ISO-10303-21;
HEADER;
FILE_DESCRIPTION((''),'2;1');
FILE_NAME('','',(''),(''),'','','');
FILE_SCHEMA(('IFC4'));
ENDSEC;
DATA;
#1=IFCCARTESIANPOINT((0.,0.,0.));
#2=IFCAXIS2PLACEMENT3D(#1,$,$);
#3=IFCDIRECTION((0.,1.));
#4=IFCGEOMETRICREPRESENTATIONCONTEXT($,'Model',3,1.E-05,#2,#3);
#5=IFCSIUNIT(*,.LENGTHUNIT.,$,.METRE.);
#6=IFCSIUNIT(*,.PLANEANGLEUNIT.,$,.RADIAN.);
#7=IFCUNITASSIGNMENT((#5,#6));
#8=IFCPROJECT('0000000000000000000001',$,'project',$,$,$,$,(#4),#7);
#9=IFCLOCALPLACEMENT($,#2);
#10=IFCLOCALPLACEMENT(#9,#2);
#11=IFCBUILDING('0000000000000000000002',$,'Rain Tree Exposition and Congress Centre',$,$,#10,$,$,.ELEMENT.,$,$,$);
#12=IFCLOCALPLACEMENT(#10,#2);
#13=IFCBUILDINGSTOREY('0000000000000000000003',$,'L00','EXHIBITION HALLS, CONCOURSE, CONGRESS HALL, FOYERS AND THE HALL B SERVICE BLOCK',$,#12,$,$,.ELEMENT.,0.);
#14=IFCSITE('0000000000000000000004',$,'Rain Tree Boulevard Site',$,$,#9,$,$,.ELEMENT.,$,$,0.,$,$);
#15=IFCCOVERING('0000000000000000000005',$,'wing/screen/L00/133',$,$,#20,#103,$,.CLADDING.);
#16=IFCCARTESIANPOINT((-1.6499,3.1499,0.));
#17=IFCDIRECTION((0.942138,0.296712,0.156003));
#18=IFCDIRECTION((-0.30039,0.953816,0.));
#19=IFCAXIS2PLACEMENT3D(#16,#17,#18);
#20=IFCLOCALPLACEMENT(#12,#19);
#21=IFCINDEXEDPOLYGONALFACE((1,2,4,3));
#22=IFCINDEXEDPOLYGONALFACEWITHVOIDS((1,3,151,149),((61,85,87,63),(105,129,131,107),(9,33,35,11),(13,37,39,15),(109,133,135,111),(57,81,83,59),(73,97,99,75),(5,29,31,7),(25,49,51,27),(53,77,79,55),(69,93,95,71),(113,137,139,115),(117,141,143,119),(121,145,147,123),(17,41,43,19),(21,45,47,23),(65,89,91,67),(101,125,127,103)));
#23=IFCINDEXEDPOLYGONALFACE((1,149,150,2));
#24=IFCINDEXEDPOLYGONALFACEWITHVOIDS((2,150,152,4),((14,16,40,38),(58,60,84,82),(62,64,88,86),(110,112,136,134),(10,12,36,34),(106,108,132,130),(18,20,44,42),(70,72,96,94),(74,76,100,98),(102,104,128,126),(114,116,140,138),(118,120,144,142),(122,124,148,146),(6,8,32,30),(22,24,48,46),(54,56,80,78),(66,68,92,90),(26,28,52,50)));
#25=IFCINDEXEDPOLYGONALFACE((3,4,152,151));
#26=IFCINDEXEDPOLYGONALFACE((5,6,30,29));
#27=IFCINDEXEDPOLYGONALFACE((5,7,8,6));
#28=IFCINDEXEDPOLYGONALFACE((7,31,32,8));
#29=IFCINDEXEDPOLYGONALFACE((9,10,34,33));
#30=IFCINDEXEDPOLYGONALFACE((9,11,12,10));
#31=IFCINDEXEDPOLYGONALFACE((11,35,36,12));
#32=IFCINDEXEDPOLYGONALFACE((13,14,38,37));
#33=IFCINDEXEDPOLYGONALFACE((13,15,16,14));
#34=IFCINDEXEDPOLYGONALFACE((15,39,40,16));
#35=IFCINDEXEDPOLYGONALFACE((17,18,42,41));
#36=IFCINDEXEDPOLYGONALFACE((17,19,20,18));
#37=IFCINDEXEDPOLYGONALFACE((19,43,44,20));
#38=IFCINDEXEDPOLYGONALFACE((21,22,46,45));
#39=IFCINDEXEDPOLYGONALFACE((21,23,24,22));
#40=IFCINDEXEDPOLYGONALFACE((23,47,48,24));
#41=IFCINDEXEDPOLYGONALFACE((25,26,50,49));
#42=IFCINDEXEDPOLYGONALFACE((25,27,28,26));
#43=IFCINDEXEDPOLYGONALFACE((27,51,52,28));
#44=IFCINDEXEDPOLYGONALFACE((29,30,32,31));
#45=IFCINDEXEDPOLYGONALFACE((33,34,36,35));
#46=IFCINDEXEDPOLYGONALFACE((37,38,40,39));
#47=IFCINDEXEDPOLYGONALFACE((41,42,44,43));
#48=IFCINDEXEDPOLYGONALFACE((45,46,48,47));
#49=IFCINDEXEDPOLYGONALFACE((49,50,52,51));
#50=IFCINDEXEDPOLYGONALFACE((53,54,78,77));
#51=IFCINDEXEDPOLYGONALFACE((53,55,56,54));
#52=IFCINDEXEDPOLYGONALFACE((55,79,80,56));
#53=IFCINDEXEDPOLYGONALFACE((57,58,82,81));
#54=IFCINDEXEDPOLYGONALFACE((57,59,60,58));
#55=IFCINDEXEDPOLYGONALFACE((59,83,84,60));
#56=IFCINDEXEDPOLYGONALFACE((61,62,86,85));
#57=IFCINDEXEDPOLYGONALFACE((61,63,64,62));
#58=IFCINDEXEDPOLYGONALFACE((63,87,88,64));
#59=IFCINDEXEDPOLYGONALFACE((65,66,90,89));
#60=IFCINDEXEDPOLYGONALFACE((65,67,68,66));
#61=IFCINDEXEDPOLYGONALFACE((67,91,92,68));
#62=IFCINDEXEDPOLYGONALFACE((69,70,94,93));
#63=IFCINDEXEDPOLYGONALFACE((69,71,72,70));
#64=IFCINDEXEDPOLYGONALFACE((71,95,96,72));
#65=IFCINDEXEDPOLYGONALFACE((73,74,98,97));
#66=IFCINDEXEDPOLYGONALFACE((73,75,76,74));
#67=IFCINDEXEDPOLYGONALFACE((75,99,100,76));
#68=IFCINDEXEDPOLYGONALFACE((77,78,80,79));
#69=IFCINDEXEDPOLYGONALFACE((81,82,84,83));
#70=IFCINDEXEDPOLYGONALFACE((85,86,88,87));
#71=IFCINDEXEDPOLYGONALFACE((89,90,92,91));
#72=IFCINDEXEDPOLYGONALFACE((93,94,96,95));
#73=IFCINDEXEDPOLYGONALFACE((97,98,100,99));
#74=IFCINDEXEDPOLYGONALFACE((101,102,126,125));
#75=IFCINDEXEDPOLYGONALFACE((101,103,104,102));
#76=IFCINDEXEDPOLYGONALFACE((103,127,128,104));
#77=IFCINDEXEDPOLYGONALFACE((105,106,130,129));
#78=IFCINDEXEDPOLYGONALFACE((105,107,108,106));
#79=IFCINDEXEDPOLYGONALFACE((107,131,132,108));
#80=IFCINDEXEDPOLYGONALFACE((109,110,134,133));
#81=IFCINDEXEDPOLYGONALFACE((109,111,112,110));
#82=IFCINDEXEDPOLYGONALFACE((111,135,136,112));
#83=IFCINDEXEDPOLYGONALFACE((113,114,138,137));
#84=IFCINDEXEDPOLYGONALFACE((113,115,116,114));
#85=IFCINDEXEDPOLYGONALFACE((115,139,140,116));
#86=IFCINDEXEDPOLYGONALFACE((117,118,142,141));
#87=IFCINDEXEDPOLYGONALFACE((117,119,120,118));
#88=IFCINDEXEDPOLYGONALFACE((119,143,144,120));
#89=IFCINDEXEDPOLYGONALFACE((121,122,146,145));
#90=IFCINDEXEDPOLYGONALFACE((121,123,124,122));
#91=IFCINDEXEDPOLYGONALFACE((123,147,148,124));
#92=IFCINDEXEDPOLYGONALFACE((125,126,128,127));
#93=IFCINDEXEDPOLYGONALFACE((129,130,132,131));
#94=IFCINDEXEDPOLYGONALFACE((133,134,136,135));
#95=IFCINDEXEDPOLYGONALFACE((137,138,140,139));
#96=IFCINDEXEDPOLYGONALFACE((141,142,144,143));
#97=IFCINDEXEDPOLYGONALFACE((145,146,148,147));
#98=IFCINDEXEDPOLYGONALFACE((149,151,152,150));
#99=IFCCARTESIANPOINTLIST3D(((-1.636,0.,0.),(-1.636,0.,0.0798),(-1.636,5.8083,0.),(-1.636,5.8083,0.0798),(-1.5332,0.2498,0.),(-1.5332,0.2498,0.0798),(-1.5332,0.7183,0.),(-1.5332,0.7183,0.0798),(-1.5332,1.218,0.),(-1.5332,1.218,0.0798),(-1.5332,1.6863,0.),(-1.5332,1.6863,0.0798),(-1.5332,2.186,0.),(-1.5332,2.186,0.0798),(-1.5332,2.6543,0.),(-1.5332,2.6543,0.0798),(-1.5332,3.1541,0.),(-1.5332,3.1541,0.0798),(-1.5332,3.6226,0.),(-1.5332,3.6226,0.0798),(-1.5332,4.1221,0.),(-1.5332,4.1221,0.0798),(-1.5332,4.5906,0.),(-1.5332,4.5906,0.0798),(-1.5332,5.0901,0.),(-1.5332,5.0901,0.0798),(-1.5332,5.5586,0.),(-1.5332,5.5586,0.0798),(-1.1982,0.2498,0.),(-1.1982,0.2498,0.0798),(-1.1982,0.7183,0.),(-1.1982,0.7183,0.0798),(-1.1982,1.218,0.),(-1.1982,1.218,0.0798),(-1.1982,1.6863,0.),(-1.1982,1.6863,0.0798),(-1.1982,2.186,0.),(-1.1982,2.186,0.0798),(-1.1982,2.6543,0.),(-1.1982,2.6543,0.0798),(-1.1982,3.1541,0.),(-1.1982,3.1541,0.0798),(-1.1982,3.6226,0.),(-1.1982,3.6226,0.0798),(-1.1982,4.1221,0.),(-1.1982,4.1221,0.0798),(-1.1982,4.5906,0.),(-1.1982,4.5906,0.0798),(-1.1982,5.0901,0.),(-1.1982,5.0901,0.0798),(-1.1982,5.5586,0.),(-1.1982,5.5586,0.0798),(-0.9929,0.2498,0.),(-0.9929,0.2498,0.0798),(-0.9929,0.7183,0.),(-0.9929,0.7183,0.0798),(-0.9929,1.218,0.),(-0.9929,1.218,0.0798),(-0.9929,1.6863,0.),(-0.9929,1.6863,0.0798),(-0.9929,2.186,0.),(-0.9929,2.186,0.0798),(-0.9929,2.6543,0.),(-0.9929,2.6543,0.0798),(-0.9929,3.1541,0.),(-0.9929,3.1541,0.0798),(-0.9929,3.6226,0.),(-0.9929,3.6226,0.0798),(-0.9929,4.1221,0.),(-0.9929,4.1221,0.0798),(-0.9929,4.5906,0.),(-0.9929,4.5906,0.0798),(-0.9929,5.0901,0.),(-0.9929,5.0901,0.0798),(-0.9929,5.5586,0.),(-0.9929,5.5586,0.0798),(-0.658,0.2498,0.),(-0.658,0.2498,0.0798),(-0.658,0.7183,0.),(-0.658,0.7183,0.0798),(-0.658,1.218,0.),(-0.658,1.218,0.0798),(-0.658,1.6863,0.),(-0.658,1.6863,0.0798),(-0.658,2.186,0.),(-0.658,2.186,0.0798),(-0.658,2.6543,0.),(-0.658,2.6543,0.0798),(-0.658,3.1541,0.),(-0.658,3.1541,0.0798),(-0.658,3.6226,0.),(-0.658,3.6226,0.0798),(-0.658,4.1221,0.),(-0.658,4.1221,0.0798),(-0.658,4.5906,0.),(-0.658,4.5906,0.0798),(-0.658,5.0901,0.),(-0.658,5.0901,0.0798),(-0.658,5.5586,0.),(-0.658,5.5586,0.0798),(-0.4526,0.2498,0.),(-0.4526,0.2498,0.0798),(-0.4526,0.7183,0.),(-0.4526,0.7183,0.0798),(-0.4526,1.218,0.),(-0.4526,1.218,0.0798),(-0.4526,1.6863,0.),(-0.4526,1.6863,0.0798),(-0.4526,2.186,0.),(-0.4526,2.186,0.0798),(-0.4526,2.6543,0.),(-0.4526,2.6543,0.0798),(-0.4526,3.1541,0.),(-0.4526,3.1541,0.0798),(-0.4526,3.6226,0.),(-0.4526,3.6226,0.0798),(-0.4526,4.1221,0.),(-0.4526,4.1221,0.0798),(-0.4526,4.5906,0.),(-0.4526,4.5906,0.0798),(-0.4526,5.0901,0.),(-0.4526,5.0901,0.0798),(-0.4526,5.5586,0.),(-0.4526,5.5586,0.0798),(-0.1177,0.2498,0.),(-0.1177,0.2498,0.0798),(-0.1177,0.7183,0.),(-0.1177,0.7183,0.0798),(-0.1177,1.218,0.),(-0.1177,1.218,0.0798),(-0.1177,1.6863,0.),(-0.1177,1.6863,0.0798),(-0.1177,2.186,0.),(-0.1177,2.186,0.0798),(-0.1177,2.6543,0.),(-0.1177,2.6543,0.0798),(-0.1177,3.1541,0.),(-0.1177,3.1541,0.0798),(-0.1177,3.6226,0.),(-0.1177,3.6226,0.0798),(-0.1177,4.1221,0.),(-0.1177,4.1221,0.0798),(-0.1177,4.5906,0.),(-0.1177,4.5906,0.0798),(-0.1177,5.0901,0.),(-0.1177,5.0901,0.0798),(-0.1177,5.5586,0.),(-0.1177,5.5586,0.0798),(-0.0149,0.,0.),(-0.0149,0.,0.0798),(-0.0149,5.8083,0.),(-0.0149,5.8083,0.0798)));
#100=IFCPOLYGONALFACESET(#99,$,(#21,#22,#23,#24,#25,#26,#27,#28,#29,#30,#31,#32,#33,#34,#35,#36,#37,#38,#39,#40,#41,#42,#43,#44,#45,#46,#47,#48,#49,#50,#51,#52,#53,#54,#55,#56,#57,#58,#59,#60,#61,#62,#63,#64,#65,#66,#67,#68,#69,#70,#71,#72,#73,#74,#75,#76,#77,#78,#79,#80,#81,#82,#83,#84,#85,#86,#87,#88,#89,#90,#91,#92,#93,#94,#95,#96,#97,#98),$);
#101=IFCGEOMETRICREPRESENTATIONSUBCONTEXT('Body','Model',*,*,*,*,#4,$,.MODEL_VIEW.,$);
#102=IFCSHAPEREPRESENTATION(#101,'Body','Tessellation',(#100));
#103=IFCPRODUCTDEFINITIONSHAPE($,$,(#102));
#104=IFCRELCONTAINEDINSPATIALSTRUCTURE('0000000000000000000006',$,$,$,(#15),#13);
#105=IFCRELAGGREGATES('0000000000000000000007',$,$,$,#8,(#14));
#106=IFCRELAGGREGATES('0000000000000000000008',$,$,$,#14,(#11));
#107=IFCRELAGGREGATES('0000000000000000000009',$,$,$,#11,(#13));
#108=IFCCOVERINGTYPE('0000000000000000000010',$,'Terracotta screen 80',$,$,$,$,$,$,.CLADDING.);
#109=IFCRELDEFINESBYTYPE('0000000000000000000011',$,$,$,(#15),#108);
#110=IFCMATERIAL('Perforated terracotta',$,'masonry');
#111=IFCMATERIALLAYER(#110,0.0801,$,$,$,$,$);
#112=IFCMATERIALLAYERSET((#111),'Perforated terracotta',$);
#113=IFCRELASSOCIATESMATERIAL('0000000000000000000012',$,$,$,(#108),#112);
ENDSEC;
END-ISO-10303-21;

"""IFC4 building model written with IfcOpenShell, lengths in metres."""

from ifc_helpers import new_model, si_unit, direction, frame, origin, place, context, subcontext, project, spatial, polyline, outline, extrude, material, layer, layer_set, type_object, element, save


model = new_model("IFC4")

# Units and contexts
model_context = context("Model", 3, precision=1e-05, world=origin(), true_north=direction((0.0, 1.0)))
body_context = subcontext(model_context, "Body", "Model", "MODEL_VIEW")
ifc_project = project(units=[si_unit("LENGTHUNIT", "METRE"), si_unit("PLANEANGLEUNIT", "RADIAN")], contexts=[model_context])

# Site, building, storey
site_placement = place(None, origin())
site = spatial("IfcSite", under=ifc_project, at=site_placement, Name="Rain Tree Boulevard Site", CompositionType="ELEMENT", RefElevation=0.0)
building_placement = place(site_placement, origin())
building = spatial("IfcBuilding", under=site, at=building_placement, Name="Rain Tree Exposition and Congress Centre", CompositionType="ELEMENT")
storey_placement = place(building_placement, origin())
storey = spatial("IfcBuildingStorey", under=building, at=storey_placement, Name="L00", Description="EXHIBITION HALLS, CONCOURSE, CONGRESS HALL, FOYERS AND THE HALL B SERVICE BLOCK", CompositionType="ELEMENT", Elevation=0.0)

# Covering
ifc_material_1 = material(Name="Perforated terracotta", Category="masonry")
ifc_layer_1 = layer(ifc_material_1, 0.0801)
ifc_layer_set_1 = layer_set([ifc_layer_1], Name="Perforated terracotta")
covering_type = type_object("IfcCoveringType", Name="Terracotta screen 80", PredefinedType="CLADDING", material=ifc_layer_set_1)
covering_1_placement = place(storey_placement, frame((-1.6499, 3.1499, 0.0), z_axis=(0.942138, 0.296712, 0.156003), x_axis=(-0.30039, 0.953816, 0.0)))
element("IfcCovering", 1, at=covering_1_placement, inside=storey, type_object=covering_type, Name="wing/screen/L00/133", PredefinedType="CLADDING", context=body_context, shape_type="SweptSolid", body=[
    extrude(outline(polyline([(-1.636, 0.0), (-1.636, 5.8083), (-0.0149, 5.8083), (-0.0149, 0.0), (-1.636, 0.0)]), holes=[polyline([(-0.1177, 0.2498), (-0.1177, 0.7183), (-0.4526, 0.7183), (-0.4526, 0.2498), (-0.1177, 0.2498)]), polyline([(-0.1177, 1.218), (-0.1177, 1.6863), (-0.4526, 1.6863), (-0.4526, 1.218), (-0.1177, 1.218)]), polyline([(-0.1177, 2.186), (-0.1177, 2.6543), (-0.4526, 2.6543), (-0.4526, 2.186), (-0.1177, 2.186)]), polyline([(-0.1177, 3.1541), (-0.1177, 3.6226), (-0.4526, 3.6226), (-0.4526, 3.1541), (-0.1177, 3.1541)]), polyline([(-0.1177, 4.1221), (-0.1177, 4.5906), (-0.4526, 4.5906), (-0.4526, 4.1221), (-0.1177, 4.1221)]), polyline([(-0.1177, 5.0901), (-0.1177, 5.5586), (-0.4526, 5.5586), (-0.4526, 5.0901), (-0.1177, 5.0901)]), polyline([(-0.658, 0.2498), (-0.658, 0.7183), (-0.9929, 0.7183), (-0.9929, 0.2498), (-0.658, 0.2498)]), polyline([(-0.658, 1.218), (-0.658, 1.6863), (-0.9929, 1.6863), (-0.9929, 1.218), (-0.658, 1.218)]), polyline([(-0.658, 2.186), (-0.658, 2.6543), (-0.9929, 2.6543), (-0.9929, 2.186), (-0.658, 2.186)]), polyline([(-0.658, 3.1541), (-0.658, 3.6226), (-0.9929, 3.6226), (-0.9929, 3.1541), (-0.658, 3.1541)]), polyline([(-0.658, 4.1221), (-0.658, 4.5906), (-0.9929, 4.5906), (-0.9929, 4.1221), (-0.658, 4.1221)]), polyline([(-0.658, 5.0901), (-0.658, 5.5586), (-0.9929, 5.5586), (-0.9929, 5.0901), (-0.658, 5.0901)]), polyline([(-1.1982, 0.2498), (-1.1982, 0.7183), (-1.5332, 0.7183), (-1.5332, 0.2498), (-1.1982, 0.2498)]), polyline([(-1.1982, 1.218), (-1.1982, 1.6863), (-1.5332, 1.6863), (-1.5332, 1.218), (-1.1982, 1.218)]), polyline([(-1.1982, 2.186), (-1.1982, 2.6543), (-1.5332, 2.6543), (-1.5332, 2.186), (-1.1982, 2.186)]), polyline([(-1.1982, 3.1541), (-1.1982, 3.6226), (-1.5332, 3.6226), (-1.5332, 3.1541), (-1.1982, 3.1541)]), polyline([(-1.1982, 4.1221), (-1.1982, 4.5906), (-1.5332, 4.5906), (-1.5332, 4.1221), (-1.1982, 4.1221)]), polyline([(-1.1982, 5.0901), (-1.1982, 5.5586), (-1.5332, 5.5586), (-1.5332, 5.0901), (-1.1982, 5.0901)])]), origin(), (0.0, 0.0, 1.0), 0.0798),
])

save(model, "model.ifc")
